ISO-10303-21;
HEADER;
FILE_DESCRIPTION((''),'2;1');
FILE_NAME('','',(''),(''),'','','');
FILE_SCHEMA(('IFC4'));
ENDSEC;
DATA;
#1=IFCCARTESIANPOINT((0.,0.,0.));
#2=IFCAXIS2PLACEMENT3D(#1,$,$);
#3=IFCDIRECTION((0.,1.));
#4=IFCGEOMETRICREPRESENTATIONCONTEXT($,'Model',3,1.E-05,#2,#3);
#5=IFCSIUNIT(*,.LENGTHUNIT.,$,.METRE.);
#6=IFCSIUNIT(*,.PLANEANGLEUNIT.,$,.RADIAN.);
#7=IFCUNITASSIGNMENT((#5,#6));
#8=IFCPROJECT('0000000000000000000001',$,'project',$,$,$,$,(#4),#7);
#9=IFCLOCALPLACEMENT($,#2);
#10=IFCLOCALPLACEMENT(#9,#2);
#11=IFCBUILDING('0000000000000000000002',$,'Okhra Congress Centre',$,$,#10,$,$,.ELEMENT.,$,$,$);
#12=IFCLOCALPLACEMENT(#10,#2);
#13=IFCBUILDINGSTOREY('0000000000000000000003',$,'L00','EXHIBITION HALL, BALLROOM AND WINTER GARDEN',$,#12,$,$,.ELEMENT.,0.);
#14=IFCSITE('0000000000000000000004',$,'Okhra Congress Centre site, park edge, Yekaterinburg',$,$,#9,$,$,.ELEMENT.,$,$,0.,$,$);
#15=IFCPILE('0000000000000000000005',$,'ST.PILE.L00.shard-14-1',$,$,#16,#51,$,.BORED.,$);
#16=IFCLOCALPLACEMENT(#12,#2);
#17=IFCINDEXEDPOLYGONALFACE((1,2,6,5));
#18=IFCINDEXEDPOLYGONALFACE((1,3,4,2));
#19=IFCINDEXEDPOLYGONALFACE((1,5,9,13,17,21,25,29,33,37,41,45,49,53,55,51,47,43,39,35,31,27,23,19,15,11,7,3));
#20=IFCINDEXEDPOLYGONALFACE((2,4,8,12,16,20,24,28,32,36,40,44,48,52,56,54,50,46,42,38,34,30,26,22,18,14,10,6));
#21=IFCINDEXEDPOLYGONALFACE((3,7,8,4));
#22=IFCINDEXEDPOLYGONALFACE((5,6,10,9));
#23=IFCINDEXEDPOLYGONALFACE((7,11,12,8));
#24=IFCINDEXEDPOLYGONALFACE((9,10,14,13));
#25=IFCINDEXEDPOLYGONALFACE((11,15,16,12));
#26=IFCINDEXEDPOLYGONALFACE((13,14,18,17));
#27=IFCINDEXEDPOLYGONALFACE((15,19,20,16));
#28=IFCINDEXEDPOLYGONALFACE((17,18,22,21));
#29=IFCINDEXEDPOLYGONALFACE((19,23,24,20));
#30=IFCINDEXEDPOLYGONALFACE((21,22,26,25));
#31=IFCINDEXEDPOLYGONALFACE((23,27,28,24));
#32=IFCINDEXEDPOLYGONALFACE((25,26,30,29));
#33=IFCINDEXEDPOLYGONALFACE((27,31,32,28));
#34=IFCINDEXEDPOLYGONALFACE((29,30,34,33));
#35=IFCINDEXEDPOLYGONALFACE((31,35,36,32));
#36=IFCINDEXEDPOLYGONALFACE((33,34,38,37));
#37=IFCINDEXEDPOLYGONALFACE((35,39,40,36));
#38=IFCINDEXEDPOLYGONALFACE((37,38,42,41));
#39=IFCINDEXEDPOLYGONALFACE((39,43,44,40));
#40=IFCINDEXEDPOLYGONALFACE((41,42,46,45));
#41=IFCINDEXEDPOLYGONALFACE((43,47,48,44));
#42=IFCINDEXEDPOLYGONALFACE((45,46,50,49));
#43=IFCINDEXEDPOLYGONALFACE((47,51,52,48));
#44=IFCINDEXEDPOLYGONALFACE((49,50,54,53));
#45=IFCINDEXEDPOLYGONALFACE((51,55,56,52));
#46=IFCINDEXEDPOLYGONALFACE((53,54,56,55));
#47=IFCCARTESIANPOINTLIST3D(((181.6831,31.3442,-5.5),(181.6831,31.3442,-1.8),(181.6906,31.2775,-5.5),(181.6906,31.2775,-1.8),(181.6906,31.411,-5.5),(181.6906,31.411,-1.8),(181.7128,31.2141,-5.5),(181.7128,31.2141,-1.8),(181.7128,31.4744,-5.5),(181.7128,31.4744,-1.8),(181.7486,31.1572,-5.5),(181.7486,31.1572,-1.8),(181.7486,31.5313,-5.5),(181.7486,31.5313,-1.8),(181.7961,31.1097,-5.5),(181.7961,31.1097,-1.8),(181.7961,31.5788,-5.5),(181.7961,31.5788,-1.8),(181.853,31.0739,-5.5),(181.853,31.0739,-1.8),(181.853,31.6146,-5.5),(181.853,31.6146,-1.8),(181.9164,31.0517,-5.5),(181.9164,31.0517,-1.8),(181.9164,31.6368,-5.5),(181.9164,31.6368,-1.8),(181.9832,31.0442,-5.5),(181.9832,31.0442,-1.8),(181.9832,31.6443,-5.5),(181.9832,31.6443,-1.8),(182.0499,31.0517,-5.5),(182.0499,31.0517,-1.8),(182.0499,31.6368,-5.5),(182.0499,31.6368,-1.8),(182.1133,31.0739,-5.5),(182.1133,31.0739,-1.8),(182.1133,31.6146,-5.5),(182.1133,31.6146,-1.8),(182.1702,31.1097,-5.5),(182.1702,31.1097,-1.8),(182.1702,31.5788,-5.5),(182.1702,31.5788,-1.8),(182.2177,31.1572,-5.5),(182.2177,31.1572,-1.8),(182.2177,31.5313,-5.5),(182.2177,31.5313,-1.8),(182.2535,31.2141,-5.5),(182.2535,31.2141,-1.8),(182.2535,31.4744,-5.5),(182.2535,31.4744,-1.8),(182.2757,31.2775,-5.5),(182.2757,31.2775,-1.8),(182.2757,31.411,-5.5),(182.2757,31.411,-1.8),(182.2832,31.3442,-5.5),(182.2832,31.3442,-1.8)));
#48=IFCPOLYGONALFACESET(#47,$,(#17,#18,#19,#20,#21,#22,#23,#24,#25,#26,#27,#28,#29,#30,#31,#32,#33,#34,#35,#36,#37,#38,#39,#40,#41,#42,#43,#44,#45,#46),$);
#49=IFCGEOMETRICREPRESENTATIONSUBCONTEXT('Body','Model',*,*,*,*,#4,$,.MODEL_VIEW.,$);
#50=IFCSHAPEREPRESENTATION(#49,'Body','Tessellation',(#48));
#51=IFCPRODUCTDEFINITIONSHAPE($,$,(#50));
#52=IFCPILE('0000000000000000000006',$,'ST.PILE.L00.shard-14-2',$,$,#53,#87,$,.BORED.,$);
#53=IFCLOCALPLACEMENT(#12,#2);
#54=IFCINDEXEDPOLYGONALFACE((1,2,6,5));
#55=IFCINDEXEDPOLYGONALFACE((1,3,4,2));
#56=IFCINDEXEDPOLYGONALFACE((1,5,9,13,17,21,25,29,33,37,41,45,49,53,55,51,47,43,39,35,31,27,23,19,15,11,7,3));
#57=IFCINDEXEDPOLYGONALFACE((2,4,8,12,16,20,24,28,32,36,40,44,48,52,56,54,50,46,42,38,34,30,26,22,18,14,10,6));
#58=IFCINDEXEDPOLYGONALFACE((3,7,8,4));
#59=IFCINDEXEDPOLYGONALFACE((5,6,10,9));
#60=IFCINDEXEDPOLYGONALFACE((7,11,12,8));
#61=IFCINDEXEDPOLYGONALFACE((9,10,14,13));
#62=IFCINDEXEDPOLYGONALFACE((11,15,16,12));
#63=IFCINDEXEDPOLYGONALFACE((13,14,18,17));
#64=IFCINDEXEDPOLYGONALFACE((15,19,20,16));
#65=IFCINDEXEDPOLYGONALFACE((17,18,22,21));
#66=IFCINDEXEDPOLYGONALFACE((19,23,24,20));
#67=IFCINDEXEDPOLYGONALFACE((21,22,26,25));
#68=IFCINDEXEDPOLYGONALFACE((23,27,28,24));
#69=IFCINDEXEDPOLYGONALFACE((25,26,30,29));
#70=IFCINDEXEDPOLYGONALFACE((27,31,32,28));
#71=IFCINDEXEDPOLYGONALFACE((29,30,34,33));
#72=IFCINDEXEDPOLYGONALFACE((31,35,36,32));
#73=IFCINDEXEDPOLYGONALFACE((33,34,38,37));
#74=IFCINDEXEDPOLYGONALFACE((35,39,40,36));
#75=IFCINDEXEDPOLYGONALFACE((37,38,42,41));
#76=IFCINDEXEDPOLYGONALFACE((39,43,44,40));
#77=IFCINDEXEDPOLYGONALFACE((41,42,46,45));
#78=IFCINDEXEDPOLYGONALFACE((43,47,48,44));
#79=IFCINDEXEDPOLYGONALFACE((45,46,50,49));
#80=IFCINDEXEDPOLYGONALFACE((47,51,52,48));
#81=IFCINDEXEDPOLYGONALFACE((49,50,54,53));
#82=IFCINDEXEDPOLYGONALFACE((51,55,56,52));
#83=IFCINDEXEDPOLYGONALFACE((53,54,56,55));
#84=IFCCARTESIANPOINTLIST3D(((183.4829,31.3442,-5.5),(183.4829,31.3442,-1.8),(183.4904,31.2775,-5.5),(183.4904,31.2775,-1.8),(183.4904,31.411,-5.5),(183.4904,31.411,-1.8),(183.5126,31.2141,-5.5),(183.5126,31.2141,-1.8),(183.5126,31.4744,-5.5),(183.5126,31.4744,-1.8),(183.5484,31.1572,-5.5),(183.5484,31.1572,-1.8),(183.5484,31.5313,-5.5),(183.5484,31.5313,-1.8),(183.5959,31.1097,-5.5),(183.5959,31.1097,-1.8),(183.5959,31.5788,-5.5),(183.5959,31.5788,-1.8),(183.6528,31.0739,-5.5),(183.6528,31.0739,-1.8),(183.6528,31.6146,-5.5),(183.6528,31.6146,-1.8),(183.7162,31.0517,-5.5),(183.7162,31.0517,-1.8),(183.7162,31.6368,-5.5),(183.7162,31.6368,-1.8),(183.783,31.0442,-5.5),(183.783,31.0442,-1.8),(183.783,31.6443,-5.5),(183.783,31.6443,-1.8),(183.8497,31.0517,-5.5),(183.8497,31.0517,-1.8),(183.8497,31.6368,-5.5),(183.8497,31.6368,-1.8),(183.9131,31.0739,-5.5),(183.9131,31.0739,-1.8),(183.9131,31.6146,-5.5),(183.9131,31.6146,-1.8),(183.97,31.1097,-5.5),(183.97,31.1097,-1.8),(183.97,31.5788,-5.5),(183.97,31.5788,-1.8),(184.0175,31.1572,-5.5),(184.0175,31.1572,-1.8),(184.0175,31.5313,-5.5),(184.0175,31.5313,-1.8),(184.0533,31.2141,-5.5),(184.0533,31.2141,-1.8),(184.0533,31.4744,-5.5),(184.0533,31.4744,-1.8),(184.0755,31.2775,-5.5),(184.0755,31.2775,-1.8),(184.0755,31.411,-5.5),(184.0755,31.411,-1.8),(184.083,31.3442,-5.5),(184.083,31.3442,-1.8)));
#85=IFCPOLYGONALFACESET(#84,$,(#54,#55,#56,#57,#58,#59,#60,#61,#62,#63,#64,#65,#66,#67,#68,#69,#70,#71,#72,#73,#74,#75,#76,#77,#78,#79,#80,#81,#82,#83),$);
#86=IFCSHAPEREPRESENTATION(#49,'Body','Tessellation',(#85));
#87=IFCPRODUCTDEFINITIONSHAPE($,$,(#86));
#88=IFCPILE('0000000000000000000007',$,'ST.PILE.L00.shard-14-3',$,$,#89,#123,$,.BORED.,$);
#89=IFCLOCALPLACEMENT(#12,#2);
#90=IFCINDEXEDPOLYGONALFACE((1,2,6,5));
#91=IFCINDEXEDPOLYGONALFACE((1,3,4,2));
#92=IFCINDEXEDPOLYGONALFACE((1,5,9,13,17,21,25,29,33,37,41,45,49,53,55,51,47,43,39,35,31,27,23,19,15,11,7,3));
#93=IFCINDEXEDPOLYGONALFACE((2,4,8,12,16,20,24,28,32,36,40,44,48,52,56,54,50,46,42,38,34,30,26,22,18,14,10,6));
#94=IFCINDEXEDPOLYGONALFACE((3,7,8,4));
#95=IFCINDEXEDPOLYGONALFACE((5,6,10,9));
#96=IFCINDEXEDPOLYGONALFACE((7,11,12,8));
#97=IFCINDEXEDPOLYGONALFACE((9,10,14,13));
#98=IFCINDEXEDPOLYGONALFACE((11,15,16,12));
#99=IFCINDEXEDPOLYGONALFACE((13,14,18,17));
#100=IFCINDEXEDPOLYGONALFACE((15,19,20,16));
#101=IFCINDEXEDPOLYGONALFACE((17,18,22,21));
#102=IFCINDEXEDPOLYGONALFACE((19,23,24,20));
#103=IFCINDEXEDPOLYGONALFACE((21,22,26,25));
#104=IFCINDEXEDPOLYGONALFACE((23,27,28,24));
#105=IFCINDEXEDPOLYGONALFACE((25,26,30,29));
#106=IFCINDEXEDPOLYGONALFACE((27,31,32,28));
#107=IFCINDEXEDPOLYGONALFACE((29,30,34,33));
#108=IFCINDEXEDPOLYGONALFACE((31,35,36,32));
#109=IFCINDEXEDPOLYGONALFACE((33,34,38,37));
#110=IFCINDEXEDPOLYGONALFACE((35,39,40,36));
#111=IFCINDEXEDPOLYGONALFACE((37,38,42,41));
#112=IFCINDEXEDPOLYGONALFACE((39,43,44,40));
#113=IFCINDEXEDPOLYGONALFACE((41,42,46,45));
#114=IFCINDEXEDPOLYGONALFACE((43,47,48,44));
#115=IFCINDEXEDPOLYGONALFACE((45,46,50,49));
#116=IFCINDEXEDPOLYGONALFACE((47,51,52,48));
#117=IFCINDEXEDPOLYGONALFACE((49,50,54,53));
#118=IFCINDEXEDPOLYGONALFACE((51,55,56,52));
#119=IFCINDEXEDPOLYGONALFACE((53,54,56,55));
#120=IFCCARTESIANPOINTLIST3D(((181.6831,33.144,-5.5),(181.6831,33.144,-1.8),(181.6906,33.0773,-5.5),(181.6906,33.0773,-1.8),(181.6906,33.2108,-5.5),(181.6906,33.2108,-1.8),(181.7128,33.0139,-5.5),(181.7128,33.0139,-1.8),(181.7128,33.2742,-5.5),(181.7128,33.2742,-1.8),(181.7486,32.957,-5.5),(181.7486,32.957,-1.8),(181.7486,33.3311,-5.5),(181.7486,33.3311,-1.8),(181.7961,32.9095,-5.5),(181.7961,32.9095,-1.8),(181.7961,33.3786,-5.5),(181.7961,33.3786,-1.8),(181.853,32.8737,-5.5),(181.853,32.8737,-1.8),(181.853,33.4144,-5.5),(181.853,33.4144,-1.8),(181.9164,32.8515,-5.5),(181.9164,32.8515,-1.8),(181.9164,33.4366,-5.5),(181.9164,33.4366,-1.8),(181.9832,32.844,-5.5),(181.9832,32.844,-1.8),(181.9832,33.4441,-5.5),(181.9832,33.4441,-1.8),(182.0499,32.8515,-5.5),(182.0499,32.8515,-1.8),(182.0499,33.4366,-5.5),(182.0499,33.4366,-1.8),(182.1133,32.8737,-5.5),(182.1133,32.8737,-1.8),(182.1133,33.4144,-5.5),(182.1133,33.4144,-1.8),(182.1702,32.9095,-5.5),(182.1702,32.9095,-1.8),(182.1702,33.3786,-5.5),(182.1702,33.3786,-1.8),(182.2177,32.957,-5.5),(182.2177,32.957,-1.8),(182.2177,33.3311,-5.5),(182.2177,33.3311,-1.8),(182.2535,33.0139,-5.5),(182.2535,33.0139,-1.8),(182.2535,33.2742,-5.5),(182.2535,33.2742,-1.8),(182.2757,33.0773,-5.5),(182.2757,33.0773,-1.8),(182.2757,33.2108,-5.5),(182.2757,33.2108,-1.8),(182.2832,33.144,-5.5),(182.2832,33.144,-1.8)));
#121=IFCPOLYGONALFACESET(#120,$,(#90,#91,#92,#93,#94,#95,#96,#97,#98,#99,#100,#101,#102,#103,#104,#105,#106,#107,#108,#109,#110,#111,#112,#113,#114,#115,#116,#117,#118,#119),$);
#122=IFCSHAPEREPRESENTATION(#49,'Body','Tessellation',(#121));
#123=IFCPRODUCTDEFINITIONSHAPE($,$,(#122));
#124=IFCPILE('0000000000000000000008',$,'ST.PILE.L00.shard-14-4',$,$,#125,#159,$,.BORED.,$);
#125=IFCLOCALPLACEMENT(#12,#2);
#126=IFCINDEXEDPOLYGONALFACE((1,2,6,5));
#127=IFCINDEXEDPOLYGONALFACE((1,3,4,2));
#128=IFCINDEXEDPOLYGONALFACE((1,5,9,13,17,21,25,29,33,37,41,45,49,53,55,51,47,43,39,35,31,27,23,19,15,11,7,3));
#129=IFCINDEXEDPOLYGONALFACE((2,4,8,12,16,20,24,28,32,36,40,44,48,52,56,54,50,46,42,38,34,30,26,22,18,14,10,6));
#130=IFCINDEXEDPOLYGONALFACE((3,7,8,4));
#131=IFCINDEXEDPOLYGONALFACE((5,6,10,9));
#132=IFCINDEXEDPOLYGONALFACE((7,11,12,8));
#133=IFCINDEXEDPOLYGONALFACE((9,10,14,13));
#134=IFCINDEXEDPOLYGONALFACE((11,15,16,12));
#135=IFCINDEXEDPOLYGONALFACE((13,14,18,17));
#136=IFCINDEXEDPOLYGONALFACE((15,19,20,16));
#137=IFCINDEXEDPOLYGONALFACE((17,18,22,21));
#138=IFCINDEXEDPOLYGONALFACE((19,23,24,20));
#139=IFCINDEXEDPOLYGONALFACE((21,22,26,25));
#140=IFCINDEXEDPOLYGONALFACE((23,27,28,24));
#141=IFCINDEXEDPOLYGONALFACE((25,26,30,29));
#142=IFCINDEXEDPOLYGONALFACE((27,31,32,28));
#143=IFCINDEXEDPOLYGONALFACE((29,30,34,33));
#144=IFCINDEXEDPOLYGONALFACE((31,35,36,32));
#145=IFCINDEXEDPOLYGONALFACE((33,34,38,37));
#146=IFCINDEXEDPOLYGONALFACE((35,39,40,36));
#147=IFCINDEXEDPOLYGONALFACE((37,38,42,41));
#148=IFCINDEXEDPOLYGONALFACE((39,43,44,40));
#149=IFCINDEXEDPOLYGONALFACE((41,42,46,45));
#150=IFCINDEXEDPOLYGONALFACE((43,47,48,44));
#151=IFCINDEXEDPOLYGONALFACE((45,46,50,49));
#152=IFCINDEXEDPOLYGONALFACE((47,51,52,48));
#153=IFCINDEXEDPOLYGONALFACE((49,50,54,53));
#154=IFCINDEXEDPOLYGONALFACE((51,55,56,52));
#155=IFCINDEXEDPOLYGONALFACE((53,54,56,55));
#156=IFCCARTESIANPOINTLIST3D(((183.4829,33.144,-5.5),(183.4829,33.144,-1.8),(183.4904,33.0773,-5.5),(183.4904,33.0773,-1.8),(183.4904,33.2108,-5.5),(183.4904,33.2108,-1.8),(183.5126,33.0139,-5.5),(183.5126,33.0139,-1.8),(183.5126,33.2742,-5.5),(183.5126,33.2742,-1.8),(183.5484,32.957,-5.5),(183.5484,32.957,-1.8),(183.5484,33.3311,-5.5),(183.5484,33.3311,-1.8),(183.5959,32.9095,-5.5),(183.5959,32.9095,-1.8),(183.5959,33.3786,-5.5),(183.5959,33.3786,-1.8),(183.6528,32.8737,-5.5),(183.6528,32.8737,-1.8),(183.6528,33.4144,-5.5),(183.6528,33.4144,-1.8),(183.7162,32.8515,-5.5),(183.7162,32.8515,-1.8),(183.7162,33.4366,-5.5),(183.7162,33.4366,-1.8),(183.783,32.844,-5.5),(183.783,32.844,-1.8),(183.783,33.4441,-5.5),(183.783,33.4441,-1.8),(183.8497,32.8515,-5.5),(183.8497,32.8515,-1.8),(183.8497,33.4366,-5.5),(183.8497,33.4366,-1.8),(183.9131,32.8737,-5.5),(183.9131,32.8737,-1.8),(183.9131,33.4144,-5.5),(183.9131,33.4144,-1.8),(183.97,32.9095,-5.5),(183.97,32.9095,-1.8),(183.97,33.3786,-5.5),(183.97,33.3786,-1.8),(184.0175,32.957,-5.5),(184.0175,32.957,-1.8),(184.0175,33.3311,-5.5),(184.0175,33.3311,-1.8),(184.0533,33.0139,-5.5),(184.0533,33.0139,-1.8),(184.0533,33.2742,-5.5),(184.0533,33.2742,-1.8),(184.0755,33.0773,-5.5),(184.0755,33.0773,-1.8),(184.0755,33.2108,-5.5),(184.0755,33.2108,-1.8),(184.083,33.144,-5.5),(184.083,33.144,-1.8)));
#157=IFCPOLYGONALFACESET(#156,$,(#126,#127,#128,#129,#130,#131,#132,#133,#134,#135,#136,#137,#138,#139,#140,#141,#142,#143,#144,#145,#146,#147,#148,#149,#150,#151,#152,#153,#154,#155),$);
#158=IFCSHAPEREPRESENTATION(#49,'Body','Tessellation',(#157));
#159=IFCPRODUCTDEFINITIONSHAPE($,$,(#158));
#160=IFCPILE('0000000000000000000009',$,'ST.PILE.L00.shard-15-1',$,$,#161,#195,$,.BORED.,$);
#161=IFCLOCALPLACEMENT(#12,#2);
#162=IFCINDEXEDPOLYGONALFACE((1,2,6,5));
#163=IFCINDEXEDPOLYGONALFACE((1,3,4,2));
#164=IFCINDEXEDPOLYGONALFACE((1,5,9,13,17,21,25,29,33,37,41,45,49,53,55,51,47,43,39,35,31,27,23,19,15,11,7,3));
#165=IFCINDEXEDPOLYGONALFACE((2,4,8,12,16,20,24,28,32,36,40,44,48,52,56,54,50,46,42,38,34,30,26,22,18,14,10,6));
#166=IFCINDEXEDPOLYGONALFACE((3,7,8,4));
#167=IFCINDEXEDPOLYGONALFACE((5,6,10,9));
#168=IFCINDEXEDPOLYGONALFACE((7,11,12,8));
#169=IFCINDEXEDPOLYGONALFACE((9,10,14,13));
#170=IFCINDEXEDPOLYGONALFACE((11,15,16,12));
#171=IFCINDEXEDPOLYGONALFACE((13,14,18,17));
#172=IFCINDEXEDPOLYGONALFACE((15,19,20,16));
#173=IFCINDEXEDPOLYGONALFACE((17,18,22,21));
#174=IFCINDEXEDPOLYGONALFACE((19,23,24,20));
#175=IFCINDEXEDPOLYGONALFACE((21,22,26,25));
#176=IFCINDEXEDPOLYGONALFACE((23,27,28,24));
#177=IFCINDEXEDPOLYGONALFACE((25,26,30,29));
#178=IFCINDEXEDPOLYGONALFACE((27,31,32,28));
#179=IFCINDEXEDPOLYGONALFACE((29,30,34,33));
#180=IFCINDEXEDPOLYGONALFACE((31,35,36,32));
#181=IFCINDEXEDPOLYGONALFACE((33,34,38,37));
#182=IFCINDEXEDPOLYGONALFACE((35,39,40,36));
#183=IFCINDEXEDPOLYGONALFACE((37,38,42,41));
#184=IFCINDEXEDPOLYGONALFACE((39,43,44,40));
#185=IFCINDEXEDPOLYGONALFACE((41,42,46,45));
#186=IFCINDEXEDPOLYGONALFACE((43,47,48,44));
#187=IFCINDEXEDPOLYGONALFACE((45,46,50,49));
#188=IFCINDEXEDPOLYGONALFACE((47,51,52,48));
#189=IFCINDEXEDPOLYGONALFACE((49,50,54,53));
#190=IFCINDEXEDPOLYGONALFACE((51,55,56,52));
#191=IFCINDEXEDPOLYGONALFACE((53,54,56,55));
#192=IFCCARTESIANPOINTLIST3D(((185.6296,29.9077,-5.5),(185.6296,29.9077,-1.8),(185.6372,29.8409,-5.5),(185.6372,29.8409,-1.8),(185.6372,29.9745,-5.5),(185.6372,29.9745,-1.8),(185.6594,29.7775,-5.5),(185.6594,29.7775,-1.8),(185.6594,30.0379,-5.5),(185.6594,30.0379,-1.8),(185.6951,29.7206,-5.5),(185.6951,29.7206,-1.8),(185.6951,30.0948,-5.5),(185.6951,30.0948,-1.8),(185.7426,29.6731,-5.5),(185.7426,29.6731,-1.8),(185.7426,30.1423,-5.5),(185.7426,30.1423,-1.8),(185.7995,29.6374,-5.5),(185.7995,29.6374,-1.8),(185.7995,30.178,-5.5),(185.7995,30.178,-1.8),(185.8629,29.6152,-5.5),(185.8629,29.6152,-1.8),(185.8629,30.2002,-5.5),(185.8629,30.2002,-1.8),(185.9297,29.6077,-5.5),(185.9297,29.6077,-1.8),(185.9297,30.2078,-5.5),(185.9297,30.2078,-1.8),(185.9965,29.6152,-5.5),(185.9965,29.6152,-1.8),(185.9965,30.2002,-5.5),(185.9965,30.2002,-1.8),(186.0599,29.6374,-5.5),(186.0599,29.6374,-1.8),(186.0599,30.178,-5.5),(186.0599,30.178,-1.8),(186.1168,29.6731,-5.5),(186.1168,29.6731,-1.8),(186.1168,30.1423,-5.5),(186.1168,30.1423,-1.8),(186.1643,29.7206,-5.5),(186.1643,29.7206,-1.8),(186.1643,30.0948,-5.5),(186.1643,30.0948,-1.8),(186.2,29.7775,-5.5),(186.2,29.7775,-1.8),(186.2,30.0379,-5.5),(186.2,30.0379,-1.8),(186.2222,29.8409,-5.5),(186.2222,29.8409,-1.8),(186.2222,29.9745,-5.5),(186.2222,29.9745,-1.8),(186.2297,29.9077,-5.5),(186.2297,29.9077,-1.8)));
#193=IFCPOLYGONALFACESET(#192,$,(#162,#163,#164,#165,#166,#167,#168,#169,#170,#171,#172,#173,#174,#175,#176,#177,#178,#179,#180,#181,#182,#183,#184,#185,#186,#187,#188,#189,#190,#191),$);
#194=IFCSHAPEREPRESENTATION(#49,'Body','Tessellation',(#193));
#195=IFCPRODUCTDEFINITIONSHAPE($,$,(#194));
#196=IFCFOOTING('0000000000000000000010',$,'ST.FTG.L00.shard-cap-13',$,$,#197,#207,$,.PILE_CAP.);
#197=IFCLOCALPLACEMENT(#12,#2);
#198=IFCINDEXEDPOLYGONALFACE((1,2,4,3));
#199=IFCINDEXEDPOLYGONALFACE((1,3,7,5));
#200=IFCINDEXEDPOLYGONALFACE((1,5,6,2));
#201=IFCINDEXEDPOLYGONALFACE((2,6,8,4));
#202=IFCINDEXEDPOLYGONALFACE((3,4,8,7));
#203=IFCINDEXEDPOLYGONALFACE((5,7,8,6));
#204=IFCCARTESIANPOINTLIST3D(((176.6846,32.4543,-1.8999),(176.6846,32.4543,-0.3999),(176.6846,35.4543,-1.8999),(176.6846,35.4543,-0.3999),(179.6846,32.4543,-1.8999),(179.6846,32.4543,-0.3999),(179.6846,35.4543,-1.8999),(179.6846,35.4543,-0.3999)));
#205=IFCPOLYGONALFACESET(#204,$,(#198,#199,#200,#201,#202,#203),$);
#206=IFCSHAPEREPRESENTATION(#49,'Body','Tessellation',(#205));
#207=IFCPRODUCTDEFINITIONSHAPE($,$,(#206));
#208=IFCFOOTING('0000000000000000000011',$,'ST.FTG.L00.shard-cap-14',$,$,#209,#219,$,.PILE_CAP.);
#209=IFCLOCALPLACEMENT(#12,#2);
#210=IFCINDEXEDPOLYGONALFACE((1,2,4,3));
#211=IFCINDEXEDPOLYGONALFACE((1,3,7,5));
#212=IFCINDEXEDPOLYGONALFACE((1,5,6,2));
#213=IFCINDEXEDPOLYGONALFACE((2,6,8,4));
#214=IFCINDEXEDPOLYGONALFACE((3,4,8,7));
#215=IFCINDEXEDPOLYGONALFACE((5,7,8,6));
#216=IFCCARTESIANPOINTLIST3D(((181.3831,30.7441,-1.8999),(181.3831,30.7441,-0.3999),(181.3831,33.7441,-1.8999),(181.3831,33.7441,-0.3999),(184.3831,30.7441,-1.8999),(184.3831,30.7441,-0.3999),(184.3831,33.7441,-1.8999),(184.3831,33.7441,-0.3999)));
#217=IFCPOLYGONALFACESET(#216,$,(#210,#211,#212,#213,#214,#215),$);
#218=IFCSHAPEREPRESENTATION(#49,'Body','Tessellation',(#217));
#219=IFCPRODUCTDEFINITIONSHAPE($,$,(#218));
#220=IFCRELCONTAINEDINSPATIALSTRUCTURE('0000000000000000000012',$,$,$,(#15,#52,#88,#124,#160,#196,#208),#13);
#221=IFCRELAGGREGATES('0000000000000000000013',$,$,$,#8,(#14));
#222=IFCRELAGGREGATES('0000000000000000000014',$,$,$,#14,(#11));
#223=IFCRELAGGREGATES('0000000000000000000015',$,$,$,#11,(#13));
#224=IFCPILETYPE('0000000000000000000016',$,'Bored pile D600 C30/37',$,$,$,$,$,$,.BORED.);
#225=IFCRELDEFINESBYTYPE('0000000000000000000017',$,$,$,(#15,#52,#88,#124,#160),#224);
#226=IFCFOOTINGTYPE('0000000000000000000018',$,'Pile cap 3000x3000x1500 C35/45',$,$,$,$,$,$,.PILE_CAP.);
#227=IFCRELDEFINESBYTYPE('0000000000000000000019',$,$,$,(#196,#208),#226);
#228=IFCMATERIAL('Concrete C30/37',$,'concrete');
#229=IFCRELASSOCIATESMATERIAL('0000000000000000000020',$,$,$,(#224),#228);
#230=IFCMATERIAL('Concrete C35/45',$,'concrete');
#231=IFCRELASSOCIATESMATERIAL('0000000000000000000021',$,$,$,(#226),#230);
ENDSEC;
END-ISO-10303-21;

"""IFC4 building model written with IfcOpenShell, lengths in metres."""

from ifc_helpers import new_model, si_unit, direction, frame, origin, origin_2d, place, context, subcontext, project, spatial, rectangle, circle, extrude, material, material_profile, profile_set, type_object, element, save


model = new_model("IFC4")

# Units and contexts
model_context = context("Model", 3, precision=1e-05, world=origin(), true_north=direction((0.0, 1.0)))
body_context = subcontext(model_context, "Body", "Model", "MODEL_VIEW")
ifc_project = project(units=[si_unit("LENGTHUNIT", "METRE"), si_unit("PLANEANGLEUNIT", "RADIAN")], contexts=[model_context])

# Site, building, storey
site_placement = place(None, origin())
site = spatial("IfcSite", under=ifc_project, at=site_placement, Name="Okhra Congress Centre site, park edge, Yekaterinburg", CompositionType="ELEMENT", RefElevation=0.0)
building_placement = place(site_placement, origin())
building = spatial("IfcBuilding", under=site, at=building_placement, Name="Okhra Congress Centre", CompositionType="ELEMENT")
storey_placement = place(building_placement, origin())
storey = spatial("IfcBuildingStorey", under=building, at=storey_placement, Name="L00", Description="EXHIBITION HALL, BALLROOM AND WINTER GARDEN", CompositionType="ELEMENT", Elevation=0.0)

# Piles
ifc_material_1 = material(Name="Concrete C30/37", Category="concrete")
ifc_material_profile_1 = material_profile(ifc_material_1, circle(Radius=0.3, at=origin_2d()), Name="D600")
ifc_profile_set_1 = profile_set([ifc_material_profile_1], Name="Concrete C30/37")
pile_type = type_object("IfcPileType", Name="Bored pile D600 C30/37", PredefinedType="BORED", material=ifc_profile_set_1)
for number, where, z_axis, x_axis, name in (
    (1, (181.9832, 31.3442, -1.8), (0.0, 0.0, -1.0), (1.0, 0.0, 0.0), "ST.PILE.L00.shard-14-1"),
    (2, (183.783, 31.3442, -1.8), (0.0, 0.0, -1.0), (1.0, 0.0, 0.0), "ST.PILE.L00.shard-14-2"),
    (3, (181.9832, 33.144, -1.8), (0.0, 0.0, -1.0), (1.0, 0.0, 0.0), "ST.PILE.L00.shard-14-3"),
    (4, (183.783, 33.144, -1.8), (0.0, 0.0, -1.0), (1.0, 0.0, 0.0), "ST.PILE.L00.shard-14-4"),
    (5, (185.9297, 29.9077, -1.8), (0.0, 0.0, -1.0), (1.0, 0.0, 0.0), "ST.PILE.L00.shard-15-1"),
):
    element("IfcPile", number, at=place(storey_placement, frame(where, z_axis=z_axis, x_axis=x_axis)), inside=storey, type_object=pile_type, Name=name, PredefinedType="BORED", context=body_context, shape_type="SweptSolid", body=[
        extrude(circle(Radius=0.3, at=origin_2d()), origin(), (0.0, 0.0, 1.0), 3.7),
    ])

# Footings
ifc_material_2 = material(Name="Concrete C35/45", Category="concrete")
footing_type = type_object("IfcFootingType", Name="Pile cap 3000x3000x1500 C35/45", PredefinedType="PILE_CAP", material=ifc_material_2)
for number, where, z_axis, x_axis, name in (
    (6, (178.1846, 33.9543, -1.8999), (0.0, 0.0, 1.0), (1.0, 0.0, 0.0), "ST.FTG.L00.shard-cap-13"),
    (7, (182.8831, 32.2441, -1.8999), (0.0, 0.0, 1.0), (1.0, 0.0, 0.0), "ST.FTG.L00.shard-cap-14"),
):
    element("IfcFooting", number, at=place(storey_placement, frame(where, z_axis=z_axis, x_axis=x_axis)), inside=storey, type_object=footing_type, Name=name, PredefinedType="PILE_CAP", context=body_context, shape_type="SweptSolid", body=[
        extrude(rectangle(XDim=3.0, YDim=3.0, at=origin_2d()), origin(), (0.0, 0.0, 1.0), 1.5),
    ])

save(model, "model.ifc")
